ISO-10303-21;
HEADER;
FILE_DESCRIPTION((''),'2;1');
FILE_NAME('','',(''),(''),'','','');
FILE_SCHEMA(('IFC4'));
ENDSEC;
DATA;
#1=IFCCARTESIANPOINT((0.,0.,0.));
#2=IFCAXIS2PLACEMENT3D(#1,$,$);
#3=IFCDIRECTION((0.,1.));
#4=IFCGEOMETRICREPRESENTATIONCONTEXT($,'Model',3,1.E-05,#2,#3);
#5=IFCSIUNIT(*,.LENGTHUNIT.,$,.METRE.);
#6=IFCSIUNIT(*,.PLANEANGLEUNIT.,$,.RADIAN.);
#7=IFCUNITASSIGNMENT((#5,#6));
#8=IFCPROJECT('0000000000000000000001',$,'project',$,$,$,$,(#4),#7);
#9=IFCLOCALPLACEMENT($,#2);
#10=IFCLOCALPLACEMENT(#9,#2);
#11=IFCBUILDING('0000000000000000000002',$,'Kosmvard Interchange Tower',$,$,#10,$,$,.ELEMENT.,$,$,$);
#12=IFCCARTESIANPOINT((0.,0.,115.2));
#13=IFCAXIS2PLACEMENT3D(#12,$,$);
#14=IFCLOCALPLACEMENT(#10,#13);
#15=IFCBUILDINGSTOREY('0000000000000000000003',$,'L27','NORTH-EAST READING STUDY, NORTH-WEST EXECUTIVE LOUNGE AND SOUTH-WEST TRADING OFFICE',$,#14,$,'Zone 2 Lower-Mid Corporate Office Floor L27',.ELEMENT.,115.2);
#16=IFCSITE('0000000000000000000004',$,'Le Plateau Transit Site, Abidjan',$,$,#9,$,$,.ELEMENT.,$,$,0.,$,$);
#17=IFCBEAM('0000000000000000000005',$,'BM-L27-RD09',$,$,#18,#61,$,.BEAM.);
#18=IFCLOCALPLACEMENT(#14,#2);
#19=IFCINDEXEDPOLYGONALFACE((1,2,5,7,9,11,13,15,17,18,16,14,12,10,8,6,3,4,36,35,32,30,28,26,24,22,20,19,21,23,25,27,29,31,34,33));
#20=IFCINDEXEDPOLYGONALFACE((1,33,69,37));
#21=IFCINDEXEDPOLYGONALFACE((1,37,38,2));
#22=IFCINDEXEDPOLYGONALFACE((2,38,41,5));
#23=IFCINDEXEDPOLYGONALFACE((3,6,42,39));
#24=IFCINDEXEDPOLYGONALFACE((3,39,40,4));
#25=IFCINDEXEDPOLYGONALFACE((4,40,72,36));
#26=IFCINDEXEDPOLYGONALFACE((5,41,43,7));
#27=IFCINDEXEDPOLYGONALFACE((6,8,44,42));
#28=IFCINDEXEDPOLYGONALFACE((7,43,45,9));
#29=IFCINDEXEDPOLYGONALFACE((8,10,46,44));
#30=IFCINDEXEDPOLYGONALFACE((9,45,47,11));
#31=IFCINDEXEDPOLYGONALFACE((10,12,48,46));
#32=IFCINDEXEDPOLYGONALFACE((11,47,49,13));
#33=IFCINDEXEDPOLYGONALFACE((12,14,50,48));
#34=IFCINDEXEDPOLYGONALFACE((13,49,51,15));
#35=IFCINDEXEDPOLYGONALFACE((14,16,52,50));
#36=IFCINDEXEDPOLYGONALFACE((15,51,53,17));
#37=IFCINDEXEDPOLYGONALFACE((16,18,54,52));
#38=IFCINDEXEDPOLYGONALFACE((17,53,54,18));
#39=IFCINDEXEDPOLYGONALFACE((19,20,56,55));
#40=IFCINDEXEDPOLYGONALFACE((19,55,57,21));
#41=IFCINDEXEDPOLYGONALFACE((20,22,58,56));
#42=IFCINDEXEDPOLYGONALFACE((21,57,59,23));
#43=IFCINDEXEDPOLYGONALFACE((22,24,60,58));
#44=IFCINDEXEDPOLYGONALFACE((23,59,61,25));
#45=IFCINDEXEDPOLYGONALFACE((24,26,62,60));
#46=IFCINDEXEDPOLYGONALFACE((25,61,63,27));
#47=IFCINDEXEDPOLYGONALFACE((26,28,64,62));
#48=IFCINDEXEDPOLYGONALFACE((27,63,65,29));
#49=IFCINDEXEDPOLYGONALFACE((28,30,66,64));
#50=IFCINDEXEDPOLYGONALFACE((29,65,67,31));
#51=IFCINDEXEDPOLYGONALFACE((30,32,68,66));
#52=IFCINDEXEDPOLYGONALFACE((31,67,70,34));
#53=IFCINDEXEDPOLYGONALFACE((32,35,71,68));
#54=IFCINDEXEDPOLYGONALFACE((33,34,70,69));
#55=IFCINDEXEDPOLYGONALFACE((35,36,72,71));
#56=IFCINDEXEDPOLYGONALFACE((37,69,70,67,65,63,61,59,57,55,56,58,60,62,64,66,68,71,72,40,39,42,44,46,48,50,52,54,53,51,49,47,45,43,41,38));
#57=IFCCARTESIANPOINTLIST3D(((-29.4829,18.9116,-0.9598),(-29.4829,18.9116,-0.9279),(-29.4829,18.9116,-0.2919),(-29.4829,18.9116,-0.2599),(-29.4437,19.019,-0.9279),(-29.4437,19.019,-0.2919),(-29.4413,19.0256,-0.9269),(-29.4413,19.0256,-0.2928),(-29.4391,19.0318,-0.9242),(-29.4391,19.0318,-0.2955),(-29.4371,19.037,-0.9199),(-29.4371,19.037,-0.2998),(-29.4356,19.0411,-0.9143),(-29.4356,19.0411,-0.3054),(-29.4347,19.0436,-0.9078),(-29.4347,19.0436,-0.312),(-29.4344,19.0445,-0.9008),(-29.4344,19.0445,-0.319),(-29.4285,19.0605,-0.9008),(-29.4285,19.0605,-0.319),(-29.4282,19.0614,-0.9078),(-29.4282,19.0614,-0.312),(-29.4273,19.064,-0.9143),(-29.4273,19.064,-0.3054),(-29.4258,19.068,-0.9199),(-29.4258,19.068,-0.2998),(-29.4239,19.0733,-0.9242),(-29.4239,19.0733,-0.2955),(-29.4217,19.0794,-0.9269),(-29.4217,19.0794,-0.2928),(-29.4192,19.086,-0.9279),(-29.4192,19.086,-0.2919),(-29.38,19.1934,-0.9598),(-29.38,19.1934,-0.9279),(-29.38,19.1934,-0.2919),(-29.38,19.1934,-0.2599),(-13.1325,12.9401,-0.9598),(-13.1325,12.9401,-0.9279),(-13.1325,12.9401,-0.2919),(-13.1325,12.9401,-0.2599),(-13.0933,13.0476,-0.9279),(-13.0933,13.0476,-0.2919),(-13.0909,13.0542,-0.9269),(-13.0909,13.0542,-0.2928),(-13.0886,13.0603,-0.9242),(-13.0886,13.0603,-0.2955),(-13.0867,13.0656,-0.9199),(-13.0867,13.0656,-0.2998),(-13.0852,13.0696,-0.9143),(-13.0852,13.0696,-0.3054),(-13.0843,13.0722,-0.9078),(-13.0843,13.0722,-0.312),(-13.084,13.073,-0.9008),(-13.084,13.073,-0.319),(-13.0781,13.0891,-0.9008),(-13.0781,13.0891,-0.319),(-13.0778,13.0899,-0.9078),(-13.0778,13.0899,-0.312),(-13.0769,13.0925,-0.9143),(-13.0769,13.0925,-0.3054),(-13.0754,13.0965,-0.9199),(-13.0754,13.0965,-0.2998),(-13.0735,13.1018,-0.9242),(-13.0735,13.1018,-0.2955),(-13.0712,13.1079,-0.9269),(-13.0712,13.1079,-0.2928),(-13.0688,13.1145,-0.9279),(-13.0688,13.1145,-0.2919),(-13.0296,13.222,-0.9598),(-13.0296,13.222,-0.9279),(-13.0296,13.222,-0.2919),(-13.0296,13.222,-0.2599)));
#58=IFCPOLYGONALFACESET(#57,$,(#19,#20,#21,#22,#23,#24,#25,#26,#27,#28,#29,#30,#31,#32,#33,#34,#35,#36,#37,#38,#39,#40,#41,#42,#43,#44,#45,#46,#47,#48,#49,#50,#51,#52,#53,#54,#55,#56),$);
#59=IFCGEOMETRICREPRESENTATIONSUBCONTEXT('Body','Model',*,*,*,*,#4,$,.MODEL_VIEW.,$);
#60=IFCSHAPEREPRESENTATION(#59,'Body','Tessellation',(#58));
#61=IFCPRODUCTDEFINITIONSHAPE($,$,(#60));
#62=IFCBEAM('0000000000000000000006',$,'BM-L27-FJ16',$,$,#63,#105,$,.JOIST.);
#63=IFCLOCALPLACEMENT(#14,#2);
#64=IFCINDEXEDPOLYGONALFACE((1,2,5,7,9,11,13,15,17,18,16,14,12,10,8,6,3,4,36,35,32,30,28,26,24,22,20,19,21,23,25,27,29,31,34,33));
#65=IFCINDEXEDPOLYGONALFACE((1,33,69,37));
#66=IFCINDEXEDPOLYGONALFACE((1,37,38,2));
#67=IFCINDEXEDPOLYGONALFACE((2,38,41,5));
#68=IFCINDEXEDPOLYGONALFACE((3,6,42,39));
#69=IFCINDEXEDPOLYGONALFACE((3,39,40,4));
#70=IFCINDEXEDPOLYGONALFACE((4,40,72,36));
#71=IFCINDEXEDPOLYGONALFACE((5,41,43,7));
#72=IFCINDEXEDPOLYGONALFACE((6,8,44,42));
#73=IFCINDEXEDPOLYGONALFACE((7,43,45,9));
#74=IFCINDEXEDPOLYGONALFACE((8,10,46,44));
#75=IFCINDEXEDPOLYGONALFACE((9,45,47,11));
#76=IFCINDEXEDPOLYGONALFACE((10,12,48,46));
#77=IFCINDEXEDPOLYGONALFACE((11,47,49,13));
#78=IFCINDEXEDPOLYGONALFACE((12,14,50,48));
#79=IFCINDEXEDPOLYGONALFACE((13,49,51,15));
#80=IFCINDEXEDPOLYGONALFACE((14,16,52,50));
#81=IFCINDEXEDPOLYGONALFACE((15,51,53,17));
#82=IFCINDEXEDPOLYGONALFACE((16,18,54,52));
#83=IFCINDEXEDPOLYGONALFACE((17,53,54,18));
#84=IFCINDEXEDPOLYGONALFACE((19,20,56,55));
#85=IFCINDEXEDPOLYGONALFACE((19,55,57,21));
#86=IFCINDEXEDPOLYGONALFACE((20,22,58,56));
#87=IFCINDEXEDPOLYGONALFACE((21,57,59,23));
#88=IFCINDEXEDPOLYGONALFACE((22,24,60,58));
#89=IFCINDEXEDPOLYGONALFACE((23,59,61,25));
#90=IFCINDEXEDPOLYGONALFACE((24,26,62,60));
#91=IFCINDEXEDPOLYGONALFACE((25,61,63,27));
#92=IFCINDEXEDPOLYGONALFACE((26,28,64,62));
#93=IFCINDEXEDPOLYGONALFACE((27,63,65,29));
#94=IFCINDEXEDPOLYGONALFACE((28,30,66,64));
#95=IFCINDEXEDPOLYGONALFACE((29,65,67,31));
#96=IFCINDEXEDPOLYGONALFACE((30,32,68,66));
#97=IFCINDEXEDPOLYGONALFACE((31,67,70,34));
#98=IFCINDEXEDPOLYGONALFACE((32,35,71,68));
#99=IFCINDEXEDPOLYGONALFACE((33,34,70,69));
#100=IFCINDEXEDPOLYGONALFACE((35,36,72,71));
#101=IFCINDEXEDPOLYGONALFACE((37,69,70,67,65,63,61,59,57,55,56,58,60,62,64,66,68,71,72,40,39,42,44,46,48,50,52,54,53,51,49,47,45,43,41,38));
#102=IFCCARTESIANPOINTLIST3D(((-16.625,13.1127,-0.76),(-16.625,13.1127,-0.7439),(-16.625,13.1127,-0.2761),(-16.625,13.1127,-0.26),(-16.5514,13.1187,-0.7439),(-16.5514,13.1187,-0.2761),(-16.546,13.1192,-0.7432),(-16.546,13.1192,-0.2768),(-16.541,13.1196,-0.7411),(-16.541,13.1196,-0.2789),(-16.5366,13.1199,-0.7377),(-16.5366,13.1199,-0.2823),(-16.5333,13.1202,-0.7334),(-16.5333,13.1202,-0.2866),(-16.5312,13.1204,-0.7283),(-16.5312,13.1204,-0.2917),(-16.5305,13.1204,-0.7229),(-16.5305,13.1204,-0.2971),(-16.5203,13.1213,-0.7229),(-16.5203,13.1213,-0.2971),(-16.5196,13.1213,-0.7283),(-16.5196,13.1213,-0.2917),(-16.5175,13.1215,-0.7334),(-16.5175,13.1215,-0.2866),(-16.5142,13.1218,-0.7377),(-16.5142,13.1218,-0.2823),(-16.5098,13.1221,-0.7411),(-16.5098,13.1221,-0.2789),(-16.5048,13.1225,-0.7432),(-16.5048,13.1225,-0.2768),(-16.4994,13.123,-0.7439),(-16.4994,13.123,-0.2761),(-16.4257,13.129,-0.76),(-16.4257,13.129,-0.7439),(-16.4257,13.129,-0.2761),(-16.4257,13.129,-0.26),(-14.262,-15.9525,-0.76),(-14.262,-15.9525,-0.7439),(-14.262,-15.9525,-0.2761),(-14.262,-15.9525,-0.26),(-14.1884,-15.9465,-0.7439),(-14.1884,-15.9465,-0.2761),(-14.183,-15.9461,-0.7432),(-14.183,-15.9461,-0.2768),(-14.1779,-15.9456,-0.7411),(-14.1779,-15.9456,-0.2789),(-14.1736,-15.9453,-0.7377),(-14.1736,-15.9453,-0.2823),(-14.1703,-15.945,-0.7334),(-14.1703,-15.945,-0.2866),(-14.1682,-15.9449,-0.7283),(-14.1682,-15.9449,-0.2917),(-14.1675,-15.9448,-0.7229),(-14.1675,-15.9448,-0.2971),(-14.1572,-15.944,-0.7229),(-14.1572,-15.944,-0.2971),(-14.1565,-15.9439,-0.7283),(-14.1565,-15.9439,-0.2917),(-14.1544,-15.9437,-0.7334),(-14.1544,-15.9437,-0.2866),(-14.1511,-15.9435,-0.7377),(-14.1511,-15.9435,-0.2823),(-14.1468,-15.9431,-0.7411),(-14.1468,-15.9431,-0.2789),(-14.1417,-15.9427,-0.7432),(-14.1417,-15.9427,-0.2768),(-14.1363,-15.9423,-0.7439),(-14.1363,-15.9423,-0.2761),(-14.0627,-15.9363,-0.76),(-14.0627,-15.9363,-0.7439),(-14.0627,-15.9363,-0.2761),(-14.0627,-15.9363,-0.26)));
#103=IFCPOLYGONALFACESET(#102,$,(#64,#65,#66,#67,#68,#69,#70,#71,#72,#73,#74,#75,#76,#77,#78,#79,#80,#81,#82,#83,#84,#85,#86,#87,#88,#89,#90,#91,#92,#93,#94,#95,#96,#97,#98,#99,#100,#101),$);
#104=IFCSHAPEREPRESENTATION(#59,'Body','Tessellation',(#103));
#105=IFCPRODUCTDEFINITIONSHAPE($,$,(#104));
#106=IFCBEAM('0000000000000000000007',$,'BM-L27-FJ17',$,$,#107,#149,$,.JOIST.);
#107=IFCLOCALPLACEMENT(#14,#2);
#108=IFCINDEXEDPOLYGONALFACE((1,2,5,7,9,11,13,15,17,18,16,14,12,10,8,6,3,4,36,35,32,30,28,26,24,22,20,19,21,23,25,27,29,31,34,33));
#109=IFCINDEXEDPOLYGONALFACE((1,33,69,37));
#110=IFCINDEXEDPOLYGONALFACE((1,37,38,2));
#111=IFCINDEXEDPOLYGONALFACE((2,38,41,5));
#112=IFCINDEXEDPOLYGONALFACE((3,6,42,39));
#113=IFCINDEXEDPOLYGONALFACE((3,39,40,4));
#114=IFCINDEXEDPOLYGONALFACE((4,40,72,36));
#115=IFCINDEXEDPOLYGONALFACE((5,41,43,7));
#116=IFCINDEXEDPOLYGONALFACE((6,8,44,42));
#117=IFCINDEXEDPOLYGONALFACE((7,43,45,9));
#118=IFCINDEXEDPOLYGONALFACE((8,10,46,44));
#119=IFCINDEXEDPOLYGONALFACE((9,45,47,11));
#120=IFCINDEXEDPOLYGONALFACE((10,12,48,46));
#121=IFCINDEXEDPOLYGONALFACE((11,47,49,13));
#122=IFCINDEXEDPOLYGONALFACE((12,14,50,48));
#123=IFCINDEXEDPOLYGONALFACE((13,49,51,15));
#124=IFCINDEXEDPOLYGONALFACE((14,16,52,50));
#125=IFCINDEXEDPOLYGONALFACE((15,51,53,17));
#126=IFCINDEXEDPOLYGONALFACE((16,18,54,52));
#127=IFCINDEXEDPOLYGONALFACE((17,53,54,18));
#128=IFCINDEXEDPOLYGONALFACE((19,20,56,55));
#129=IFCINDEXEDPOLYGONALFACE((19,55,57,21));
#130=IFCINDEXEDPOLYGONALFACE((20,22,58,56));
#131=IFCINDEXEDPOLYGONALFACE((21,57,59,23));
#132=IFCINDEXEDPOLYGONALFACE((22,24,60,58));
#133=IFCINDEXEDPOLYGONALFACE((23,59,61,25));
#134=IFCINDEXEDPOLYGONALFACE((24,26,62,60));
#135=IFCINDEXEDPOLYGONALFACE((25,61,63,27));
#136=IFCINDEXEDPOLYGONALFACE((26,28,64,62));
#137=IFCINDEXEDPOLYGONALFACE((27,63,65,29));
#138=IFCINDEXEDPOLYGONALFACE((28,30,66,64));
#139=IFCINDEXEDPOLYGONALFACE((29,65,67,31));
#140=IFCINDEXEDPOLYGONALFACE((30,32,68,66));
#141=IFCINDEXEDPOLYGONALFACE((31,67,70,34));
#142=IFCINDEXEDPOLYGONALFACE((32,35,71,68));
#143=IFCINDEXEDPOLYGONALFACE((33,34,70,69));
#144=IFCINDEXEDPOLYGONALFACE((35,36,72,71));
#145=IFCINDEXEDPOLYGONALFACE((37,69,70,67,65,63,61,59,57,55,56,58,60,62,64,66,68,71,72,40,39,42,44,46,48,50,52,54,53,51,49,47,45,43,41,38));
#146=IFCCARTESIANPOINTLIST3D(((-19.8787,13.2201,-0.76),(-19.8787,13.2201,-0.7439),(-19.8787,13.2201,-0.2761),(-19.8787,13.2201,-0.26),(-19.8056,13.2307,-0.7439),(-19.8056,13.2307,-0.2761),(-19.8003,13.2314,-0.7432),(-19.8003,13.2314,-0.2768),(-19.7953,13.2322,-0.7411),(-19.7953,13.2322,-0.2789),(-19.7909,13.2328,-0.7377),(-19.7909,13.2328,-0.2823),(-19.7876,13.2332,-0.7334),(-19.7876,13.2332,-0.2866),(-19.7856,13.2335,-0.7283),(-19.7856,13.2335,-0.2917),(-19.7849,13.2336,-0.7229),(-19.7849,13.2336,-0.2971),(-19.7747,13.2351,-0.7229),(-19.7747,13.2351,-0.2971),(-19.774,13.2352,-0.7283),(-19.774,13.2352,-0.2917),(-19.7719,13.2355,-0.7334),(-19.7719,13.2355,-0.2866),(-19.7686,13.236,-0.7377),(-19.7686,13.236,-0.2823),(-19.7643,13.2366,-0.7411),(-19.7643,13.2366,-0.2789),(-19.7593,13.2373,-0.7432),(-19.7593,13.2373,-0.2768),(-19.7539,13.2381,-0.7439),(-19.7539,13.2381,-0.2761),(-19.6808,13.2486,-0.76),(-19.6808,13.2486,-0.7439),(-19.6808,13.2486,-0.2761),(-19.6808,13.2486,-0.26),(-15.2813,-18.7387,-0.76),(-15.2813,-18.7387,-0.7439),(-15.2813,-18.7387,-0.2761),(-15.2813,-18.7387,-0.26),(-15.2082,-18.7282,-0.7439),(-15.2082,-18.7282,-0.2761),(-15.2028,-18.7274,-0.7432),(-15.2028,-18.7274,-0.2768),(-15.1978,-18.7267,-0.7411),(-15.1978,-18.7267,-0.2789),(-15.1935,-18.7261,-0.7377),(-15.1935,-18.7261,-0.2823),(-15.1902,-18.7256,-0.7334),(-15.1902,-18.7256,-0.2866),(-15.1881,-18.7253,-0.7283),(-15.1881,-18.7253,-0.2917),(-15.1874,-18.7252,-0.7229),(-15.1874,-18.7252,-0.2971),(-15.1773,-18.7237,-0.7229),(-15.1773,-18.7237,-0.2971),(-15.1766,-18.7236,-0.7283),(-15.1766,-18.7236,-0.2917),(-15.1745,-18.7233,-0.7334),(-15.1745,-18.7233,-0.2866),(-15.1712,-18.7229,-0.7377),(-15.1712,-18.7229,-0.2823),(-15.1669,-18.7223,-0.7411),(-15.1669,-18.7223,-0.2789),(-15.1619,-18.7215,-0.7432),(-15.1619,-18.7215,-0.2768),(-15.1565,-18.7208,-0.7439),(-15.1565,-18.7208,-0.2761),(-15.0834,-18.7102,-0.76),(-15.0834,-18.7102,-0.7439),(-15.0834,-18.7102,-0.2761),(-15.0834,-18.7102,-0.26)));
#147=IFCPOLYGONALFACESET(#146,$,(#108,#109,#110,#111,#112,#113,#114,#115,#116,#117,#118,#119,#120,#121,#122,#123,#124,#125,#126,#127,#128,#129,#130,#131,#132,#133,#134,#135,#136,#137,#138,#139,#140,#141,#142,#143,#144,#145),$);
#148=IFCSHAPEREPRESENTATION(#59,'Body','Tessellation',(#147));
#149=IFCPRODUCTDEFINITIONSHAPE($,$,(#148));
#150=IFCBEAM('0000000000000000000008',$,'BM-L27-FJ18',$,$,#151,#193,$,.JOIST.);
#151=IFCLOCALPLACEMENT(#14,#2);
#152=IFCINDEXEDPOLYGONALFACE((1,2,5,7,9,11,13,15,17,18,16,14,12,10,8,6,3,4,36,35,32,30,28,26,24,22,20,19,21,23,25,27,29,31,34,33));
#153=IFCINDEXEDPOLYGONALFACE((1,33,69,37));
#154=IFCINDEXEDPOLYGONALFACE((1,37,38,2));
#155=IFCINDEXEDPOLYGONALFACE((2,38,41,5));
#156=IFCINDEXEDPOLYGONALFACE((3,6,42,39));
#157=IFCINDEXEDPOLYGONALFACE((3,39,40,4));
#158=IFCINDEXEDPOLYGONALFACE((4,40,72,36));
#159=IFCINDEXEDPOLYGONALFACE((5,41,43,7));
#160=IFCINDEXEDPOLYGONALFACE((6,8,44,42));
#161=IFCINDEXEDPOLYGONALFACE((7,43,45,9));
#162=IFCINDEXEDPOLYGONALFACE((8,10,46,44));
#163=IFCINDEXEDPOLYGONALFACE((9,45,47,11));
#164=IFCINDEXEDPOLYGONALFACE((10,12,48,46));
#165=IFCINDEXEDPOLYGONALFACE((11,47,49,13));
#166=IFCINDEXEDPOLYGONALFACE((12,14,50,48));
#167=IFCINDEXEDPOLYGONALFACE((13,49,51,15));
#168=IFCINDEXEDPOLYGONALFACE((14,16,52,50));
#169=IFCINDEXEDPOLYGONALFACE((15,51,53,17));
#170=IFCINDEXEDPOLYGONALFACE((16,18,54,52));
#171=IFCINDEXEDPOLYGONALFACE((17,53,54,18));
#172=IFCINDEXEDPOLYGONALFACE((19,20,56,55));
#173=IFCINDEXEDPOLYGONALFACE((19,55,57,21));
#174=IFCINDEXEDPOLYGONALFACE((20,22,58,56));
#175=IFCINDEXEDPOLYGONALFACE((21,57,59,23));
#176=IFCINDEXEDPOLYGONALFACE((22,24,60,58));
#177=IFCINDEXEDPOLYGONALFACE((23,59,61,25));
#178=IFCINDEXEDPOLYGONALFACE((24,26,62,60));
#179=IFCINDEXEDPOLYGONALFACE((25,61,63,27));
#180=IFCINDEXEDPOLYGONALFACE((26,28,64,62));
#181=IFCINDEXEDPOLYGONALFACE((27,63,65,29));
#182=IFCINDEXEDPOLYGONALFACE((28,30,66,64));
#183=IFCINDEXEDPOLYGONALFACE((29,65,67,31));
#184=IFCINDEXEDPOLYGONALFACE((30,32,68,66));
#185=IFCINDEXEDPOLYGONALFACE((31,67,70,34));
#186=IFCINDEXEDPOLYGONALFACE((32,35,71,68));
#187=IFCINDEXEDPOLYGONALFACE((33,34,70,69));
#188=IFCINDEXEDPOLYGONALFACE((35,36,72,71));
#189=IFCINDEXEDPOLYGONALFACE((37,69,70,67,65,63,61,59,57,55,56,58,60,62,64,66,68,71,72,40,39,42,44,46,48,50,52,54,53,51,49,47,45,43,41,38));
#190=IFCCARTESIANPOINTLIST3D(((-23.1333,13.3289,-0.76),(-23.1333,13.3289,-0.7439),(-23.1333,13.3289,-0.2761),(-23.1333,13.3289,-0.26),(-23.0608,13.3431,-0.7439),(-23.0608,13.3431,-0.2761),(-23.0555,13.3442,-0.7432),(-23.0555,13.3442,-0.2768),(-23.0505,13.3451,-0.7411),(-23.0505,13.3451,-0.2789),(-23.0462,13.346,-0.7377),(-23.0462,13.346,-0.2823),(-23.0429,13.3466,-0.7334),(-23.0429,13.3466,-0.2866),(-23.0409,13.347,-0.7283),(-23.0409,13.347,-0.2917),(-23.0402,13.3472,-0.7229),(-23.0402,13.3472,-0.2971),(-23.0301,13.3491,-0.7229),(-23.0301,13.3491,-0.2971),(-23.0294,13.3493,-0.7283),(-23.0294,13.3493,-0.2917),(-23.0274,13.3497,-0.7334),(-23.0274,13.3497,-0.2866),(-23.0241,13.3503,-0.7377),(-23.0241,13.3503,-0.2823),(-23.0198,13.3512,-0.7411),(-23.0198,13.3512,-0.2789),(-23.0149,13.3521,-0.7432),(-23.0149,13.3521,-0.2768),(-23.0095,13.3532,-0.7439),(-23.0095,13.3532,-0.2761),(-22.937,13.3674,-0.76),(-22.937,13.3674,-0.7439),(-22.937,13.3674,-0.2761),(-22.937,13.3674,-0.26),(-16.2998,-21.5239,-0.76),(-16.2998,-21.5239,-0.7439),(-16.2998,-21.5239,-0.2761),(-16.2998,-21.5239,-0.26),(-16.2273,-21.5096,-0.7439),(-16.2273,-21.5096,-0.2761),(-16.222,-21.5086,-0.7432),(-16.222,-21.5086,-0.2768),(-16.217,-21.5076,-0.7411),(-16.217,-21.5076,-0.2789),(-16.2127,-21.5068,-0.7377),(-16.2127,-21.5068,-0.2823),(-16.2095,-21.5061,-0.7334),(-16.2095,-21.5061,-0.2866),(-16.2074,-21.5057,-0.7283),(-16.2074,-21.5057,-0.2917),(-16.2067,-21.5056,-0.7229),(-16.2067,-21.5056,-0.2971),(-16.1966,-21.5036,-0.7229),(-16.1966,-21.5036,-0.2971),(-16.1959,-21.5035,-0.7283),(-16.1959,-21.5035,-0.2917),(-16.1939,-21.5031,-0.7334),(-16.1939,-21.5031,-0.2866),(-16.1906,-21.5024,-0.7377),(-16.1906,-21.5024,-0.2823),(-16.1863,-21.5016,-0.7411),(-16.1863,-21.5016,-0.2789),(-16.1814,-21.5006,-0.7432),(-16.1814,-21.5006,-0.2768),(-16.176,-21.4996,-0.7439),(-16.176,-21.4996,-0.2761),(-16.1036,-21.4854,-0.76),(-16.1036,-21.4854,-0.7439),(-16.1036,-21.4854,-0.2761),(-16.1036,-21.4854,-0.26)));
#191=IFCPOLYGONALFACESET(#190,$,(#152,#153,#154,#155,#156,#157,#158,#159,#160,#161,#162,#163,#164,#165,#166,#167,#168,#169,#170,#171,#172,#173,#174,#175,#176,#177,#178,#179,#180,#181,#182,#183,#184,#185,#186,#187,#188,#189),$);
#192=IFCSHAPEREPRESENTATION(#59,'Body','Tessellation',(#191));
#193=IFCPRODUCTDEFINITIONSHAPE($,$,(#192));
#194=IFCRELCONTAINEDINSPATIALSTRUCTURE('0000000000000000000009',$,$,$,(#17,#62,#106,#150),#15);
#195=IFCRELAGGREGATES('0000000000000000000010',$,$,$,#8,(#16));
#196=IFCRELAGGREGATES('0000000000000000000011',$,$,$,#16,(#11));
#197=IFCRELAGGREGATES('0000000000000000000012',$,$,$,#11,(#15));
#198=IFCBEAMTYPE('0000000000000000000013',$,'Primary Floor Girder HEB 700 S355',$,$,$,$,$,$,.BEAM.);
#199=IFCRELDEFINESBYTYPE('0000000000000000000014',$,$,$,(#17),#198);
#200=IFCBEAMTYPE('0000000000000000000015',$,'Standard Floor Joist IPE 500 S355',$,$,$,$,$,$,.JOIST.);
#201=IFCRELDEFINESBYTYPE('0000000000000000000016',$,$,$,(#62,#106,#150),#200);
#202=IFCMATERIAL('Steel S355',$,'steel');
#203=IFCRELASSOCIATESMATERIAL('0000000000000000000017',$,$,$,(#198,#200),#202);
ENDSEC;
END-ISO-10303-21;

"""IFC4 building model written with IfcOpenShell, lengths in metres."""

from ifc_helpers import new_model, si_unit, direction, frame, origin, origin_2d, place, context, subcontext, project, spatial, i_section, extrude, source, transform, mapped, material, material_profile, profile_set, type_object, element, save


model = new_model("IFC4")

# Units and contexts
model_context = context("Model", 3, precision=1e-05, world=origin(), true_north=direction((0.0, 1.0)))
body_context = subcontext(model_context, "Body", "Model", "MODEL_VIEW")
ifc_project = project(units=[si_unit("LENGTHUNIT", "METRE"), si_unit("PLANEANGLEUNIT", "RADIAN")], contexts=[model_context])

# Site, building, storey
site_placement = place(None, origin())
site = spatial("IfcSite", under=ifc_project, at=site_placement, Name="Le Plateau Transit Site, Abidjan", CompositionType="ELEMENT", RefElevation=0.0)
building_placement = place(site_placement, origin())
building = spatial("IfcBuilding", under=site, at=building_placement, Name="Kosmvard Interchange Tower", CompositionType="ELEMENT")
storey_placement = place(building_placement, frame((0.0, 0.0, 115.2)))
storey = spatial("IfcBuildingStorey", under=building, at=storey_placement, Name="L27", Description="NORTH-EAST READING STUDY, NORTH-WEST EXECUTIVE LOUNGE AND SOUTH-WEST TRADING OFFICE", LongName="Zone 2 Lower-Mid Corporate Office Floor L27", CompositionType="ELEMENT", Elevation=115.2)

# Beams
ifc_material_1 = material(Name="Steel S355", Category="steel")
ifc_material_profile_1 = material_profile(ifc_material_1, i_section(OverallWidth=0.3, OverallDepth=0.7, WebThickness=0.0171, FlangeThickness=0.032, FilletRadius=0.0271, at=origin_2d()), Name="HEB 700")
ifc_profile_set_1 = profile_set([ifc_material_profile_1], Name="Steel S355")
beam_type_1 = type_object("IfcBeamType", Name="Primary Floor Girder HEB 700 S355", PredefinedType="BEAM", material=ifc_profile_set_1)
shared_shape_1 = source(origin(), body_context, "Body", "SweptSolid", [
    extrude(i_section(OverallWidth=0.3, OverallDepth=0.7, WebThickness=0.0171, FlangeThickness=0.032, FilletRadius=0.0271, at=origin_2d()), origin(), (0.0, 0.0, 1.0), 17.4067),
])
beam_1_placement = place(storey_placement, frame((-13.0811, 13.0811, -0.6099), z_axis=(-0.939315, 0.343055, 0.0), x_axis=(-0.343055, -0.939315, 0.0)))
element("IfcBeam", 1, at=beam_1_placement, inside=storey, type_object=beam_type_1, Name="BM-L27-RD09", PredefinedType="BEAM", context=body_context, shape_type="MappedRepresentation", body=[
    mapped(shared_shape_1, transform((0.0, 0.0, 0.0), scale=1.0)),
])
ifc_material_profile_2 = material_profile(ifc_material_1, i_section(OverallWidth=0.2, OverallDepth=0.5, WebThickness=0.0103, FlangeThickness=0.0161, FilletRadius=0.021, at=origin_2d()), Name="IPE 500")
ifc_profile_set_2 = profile_set([ifc_material_profile_2], Name="Steel S355")
beam_type_2 = type_object("IfcBeamType", Name="Standard Floor Joist IPE 500 S355", PredefinedType="JOIST", material=ifc_profile_set_2)
shared_shape_2 = source(origin(), body_context, "Body", "SweptSolid", [
    extrude(i_section(OverallWidth=0.2, OverallDepth=0.5, WebThickness=0.0103, FlangeThickness=0.0161, FilletRadius=0.021, at=origin_2d()), origin(), (0.0, 0.0, 1.0), 29.1611),
])
beam_2_placement = place(storey_placement, frame((-16.5254, 13.1208, -0.51), z_axis=(0.081034, -0.996711, 0.0), x_axis=(0.996711, 0.081034, 0.0)))
element("IfcBeam", 2, at=beam_2_placement, inside=storey, type_object=beam_type_2, Name="BM-L27-FJ16", PredefinedType="JOIST", context=body_context, shape_type="MappedRepresentation", body=[
    mapped(shared_shape_2, transform((0.0, 0.0, 0.0), scale=1.0)),
])
shared_shape_3 = source(origin(), body_context, "Body", "SweptSolid", [
    extrude(i_section(OverallWidth=0.2, OverallDepth=0.5, WebThickness=0.0103, FlangeThickness=0.0161, FilletRadius=0.021, at=origin_2d()), origin(), (0.0, 0.0, 1.0), 32.2878),
])
beam_3_placement = place(storey_placement, frame((-19.7798, 13.2344, -0.51), z_axis=(0.142389, -0.989811, 0.0), x_axis=(0.989811, 0.142389, 0.0)))
element("IfcBeam", 3, at=beam_3_placement, inside=storey, type_object=beam_type_2, Name="BM-L27-FJ17", PredefinedType="JOIST", context=body_context, shape_type="MappedRepresentation", body=[
    mapped(shared_shape_3, transform((0.0, 0.0, 0.0), scale=1.0)),
])
shared_shape_4 = source(origin(), body_context, "Body", "SweptSolid", [
    extrude(i_section(OverallWidth=0.2, OverallDepth=0.5, WebThickness=0.0103, FlangeThickness=0.0161, FilletRadius=0.021, at=origin_2d()), origin(), (0.0, 0.0, 1.0), 35.5164),
])
beam_4_placement = place(storey_placement, frame((-23.0352, 13.3481, -0.51), z_axis=(0.192404, -0.981316, 0.0), x_axis=(0.981316, 0.192404, 0.0)))
element("IfcBeam", 4, at=beam_4_placement, inside=storey, type_object=beam_type_2, Name="BM-L27-FJ18", PredefinedType="JOIST", context=body_context, shape_type="MappedRepresentation", body=[
    mapped(shared_shape_4, transform((0.0, 0.0, 0.0), scale=1.0)),
])

save(model, "model.ifc")
